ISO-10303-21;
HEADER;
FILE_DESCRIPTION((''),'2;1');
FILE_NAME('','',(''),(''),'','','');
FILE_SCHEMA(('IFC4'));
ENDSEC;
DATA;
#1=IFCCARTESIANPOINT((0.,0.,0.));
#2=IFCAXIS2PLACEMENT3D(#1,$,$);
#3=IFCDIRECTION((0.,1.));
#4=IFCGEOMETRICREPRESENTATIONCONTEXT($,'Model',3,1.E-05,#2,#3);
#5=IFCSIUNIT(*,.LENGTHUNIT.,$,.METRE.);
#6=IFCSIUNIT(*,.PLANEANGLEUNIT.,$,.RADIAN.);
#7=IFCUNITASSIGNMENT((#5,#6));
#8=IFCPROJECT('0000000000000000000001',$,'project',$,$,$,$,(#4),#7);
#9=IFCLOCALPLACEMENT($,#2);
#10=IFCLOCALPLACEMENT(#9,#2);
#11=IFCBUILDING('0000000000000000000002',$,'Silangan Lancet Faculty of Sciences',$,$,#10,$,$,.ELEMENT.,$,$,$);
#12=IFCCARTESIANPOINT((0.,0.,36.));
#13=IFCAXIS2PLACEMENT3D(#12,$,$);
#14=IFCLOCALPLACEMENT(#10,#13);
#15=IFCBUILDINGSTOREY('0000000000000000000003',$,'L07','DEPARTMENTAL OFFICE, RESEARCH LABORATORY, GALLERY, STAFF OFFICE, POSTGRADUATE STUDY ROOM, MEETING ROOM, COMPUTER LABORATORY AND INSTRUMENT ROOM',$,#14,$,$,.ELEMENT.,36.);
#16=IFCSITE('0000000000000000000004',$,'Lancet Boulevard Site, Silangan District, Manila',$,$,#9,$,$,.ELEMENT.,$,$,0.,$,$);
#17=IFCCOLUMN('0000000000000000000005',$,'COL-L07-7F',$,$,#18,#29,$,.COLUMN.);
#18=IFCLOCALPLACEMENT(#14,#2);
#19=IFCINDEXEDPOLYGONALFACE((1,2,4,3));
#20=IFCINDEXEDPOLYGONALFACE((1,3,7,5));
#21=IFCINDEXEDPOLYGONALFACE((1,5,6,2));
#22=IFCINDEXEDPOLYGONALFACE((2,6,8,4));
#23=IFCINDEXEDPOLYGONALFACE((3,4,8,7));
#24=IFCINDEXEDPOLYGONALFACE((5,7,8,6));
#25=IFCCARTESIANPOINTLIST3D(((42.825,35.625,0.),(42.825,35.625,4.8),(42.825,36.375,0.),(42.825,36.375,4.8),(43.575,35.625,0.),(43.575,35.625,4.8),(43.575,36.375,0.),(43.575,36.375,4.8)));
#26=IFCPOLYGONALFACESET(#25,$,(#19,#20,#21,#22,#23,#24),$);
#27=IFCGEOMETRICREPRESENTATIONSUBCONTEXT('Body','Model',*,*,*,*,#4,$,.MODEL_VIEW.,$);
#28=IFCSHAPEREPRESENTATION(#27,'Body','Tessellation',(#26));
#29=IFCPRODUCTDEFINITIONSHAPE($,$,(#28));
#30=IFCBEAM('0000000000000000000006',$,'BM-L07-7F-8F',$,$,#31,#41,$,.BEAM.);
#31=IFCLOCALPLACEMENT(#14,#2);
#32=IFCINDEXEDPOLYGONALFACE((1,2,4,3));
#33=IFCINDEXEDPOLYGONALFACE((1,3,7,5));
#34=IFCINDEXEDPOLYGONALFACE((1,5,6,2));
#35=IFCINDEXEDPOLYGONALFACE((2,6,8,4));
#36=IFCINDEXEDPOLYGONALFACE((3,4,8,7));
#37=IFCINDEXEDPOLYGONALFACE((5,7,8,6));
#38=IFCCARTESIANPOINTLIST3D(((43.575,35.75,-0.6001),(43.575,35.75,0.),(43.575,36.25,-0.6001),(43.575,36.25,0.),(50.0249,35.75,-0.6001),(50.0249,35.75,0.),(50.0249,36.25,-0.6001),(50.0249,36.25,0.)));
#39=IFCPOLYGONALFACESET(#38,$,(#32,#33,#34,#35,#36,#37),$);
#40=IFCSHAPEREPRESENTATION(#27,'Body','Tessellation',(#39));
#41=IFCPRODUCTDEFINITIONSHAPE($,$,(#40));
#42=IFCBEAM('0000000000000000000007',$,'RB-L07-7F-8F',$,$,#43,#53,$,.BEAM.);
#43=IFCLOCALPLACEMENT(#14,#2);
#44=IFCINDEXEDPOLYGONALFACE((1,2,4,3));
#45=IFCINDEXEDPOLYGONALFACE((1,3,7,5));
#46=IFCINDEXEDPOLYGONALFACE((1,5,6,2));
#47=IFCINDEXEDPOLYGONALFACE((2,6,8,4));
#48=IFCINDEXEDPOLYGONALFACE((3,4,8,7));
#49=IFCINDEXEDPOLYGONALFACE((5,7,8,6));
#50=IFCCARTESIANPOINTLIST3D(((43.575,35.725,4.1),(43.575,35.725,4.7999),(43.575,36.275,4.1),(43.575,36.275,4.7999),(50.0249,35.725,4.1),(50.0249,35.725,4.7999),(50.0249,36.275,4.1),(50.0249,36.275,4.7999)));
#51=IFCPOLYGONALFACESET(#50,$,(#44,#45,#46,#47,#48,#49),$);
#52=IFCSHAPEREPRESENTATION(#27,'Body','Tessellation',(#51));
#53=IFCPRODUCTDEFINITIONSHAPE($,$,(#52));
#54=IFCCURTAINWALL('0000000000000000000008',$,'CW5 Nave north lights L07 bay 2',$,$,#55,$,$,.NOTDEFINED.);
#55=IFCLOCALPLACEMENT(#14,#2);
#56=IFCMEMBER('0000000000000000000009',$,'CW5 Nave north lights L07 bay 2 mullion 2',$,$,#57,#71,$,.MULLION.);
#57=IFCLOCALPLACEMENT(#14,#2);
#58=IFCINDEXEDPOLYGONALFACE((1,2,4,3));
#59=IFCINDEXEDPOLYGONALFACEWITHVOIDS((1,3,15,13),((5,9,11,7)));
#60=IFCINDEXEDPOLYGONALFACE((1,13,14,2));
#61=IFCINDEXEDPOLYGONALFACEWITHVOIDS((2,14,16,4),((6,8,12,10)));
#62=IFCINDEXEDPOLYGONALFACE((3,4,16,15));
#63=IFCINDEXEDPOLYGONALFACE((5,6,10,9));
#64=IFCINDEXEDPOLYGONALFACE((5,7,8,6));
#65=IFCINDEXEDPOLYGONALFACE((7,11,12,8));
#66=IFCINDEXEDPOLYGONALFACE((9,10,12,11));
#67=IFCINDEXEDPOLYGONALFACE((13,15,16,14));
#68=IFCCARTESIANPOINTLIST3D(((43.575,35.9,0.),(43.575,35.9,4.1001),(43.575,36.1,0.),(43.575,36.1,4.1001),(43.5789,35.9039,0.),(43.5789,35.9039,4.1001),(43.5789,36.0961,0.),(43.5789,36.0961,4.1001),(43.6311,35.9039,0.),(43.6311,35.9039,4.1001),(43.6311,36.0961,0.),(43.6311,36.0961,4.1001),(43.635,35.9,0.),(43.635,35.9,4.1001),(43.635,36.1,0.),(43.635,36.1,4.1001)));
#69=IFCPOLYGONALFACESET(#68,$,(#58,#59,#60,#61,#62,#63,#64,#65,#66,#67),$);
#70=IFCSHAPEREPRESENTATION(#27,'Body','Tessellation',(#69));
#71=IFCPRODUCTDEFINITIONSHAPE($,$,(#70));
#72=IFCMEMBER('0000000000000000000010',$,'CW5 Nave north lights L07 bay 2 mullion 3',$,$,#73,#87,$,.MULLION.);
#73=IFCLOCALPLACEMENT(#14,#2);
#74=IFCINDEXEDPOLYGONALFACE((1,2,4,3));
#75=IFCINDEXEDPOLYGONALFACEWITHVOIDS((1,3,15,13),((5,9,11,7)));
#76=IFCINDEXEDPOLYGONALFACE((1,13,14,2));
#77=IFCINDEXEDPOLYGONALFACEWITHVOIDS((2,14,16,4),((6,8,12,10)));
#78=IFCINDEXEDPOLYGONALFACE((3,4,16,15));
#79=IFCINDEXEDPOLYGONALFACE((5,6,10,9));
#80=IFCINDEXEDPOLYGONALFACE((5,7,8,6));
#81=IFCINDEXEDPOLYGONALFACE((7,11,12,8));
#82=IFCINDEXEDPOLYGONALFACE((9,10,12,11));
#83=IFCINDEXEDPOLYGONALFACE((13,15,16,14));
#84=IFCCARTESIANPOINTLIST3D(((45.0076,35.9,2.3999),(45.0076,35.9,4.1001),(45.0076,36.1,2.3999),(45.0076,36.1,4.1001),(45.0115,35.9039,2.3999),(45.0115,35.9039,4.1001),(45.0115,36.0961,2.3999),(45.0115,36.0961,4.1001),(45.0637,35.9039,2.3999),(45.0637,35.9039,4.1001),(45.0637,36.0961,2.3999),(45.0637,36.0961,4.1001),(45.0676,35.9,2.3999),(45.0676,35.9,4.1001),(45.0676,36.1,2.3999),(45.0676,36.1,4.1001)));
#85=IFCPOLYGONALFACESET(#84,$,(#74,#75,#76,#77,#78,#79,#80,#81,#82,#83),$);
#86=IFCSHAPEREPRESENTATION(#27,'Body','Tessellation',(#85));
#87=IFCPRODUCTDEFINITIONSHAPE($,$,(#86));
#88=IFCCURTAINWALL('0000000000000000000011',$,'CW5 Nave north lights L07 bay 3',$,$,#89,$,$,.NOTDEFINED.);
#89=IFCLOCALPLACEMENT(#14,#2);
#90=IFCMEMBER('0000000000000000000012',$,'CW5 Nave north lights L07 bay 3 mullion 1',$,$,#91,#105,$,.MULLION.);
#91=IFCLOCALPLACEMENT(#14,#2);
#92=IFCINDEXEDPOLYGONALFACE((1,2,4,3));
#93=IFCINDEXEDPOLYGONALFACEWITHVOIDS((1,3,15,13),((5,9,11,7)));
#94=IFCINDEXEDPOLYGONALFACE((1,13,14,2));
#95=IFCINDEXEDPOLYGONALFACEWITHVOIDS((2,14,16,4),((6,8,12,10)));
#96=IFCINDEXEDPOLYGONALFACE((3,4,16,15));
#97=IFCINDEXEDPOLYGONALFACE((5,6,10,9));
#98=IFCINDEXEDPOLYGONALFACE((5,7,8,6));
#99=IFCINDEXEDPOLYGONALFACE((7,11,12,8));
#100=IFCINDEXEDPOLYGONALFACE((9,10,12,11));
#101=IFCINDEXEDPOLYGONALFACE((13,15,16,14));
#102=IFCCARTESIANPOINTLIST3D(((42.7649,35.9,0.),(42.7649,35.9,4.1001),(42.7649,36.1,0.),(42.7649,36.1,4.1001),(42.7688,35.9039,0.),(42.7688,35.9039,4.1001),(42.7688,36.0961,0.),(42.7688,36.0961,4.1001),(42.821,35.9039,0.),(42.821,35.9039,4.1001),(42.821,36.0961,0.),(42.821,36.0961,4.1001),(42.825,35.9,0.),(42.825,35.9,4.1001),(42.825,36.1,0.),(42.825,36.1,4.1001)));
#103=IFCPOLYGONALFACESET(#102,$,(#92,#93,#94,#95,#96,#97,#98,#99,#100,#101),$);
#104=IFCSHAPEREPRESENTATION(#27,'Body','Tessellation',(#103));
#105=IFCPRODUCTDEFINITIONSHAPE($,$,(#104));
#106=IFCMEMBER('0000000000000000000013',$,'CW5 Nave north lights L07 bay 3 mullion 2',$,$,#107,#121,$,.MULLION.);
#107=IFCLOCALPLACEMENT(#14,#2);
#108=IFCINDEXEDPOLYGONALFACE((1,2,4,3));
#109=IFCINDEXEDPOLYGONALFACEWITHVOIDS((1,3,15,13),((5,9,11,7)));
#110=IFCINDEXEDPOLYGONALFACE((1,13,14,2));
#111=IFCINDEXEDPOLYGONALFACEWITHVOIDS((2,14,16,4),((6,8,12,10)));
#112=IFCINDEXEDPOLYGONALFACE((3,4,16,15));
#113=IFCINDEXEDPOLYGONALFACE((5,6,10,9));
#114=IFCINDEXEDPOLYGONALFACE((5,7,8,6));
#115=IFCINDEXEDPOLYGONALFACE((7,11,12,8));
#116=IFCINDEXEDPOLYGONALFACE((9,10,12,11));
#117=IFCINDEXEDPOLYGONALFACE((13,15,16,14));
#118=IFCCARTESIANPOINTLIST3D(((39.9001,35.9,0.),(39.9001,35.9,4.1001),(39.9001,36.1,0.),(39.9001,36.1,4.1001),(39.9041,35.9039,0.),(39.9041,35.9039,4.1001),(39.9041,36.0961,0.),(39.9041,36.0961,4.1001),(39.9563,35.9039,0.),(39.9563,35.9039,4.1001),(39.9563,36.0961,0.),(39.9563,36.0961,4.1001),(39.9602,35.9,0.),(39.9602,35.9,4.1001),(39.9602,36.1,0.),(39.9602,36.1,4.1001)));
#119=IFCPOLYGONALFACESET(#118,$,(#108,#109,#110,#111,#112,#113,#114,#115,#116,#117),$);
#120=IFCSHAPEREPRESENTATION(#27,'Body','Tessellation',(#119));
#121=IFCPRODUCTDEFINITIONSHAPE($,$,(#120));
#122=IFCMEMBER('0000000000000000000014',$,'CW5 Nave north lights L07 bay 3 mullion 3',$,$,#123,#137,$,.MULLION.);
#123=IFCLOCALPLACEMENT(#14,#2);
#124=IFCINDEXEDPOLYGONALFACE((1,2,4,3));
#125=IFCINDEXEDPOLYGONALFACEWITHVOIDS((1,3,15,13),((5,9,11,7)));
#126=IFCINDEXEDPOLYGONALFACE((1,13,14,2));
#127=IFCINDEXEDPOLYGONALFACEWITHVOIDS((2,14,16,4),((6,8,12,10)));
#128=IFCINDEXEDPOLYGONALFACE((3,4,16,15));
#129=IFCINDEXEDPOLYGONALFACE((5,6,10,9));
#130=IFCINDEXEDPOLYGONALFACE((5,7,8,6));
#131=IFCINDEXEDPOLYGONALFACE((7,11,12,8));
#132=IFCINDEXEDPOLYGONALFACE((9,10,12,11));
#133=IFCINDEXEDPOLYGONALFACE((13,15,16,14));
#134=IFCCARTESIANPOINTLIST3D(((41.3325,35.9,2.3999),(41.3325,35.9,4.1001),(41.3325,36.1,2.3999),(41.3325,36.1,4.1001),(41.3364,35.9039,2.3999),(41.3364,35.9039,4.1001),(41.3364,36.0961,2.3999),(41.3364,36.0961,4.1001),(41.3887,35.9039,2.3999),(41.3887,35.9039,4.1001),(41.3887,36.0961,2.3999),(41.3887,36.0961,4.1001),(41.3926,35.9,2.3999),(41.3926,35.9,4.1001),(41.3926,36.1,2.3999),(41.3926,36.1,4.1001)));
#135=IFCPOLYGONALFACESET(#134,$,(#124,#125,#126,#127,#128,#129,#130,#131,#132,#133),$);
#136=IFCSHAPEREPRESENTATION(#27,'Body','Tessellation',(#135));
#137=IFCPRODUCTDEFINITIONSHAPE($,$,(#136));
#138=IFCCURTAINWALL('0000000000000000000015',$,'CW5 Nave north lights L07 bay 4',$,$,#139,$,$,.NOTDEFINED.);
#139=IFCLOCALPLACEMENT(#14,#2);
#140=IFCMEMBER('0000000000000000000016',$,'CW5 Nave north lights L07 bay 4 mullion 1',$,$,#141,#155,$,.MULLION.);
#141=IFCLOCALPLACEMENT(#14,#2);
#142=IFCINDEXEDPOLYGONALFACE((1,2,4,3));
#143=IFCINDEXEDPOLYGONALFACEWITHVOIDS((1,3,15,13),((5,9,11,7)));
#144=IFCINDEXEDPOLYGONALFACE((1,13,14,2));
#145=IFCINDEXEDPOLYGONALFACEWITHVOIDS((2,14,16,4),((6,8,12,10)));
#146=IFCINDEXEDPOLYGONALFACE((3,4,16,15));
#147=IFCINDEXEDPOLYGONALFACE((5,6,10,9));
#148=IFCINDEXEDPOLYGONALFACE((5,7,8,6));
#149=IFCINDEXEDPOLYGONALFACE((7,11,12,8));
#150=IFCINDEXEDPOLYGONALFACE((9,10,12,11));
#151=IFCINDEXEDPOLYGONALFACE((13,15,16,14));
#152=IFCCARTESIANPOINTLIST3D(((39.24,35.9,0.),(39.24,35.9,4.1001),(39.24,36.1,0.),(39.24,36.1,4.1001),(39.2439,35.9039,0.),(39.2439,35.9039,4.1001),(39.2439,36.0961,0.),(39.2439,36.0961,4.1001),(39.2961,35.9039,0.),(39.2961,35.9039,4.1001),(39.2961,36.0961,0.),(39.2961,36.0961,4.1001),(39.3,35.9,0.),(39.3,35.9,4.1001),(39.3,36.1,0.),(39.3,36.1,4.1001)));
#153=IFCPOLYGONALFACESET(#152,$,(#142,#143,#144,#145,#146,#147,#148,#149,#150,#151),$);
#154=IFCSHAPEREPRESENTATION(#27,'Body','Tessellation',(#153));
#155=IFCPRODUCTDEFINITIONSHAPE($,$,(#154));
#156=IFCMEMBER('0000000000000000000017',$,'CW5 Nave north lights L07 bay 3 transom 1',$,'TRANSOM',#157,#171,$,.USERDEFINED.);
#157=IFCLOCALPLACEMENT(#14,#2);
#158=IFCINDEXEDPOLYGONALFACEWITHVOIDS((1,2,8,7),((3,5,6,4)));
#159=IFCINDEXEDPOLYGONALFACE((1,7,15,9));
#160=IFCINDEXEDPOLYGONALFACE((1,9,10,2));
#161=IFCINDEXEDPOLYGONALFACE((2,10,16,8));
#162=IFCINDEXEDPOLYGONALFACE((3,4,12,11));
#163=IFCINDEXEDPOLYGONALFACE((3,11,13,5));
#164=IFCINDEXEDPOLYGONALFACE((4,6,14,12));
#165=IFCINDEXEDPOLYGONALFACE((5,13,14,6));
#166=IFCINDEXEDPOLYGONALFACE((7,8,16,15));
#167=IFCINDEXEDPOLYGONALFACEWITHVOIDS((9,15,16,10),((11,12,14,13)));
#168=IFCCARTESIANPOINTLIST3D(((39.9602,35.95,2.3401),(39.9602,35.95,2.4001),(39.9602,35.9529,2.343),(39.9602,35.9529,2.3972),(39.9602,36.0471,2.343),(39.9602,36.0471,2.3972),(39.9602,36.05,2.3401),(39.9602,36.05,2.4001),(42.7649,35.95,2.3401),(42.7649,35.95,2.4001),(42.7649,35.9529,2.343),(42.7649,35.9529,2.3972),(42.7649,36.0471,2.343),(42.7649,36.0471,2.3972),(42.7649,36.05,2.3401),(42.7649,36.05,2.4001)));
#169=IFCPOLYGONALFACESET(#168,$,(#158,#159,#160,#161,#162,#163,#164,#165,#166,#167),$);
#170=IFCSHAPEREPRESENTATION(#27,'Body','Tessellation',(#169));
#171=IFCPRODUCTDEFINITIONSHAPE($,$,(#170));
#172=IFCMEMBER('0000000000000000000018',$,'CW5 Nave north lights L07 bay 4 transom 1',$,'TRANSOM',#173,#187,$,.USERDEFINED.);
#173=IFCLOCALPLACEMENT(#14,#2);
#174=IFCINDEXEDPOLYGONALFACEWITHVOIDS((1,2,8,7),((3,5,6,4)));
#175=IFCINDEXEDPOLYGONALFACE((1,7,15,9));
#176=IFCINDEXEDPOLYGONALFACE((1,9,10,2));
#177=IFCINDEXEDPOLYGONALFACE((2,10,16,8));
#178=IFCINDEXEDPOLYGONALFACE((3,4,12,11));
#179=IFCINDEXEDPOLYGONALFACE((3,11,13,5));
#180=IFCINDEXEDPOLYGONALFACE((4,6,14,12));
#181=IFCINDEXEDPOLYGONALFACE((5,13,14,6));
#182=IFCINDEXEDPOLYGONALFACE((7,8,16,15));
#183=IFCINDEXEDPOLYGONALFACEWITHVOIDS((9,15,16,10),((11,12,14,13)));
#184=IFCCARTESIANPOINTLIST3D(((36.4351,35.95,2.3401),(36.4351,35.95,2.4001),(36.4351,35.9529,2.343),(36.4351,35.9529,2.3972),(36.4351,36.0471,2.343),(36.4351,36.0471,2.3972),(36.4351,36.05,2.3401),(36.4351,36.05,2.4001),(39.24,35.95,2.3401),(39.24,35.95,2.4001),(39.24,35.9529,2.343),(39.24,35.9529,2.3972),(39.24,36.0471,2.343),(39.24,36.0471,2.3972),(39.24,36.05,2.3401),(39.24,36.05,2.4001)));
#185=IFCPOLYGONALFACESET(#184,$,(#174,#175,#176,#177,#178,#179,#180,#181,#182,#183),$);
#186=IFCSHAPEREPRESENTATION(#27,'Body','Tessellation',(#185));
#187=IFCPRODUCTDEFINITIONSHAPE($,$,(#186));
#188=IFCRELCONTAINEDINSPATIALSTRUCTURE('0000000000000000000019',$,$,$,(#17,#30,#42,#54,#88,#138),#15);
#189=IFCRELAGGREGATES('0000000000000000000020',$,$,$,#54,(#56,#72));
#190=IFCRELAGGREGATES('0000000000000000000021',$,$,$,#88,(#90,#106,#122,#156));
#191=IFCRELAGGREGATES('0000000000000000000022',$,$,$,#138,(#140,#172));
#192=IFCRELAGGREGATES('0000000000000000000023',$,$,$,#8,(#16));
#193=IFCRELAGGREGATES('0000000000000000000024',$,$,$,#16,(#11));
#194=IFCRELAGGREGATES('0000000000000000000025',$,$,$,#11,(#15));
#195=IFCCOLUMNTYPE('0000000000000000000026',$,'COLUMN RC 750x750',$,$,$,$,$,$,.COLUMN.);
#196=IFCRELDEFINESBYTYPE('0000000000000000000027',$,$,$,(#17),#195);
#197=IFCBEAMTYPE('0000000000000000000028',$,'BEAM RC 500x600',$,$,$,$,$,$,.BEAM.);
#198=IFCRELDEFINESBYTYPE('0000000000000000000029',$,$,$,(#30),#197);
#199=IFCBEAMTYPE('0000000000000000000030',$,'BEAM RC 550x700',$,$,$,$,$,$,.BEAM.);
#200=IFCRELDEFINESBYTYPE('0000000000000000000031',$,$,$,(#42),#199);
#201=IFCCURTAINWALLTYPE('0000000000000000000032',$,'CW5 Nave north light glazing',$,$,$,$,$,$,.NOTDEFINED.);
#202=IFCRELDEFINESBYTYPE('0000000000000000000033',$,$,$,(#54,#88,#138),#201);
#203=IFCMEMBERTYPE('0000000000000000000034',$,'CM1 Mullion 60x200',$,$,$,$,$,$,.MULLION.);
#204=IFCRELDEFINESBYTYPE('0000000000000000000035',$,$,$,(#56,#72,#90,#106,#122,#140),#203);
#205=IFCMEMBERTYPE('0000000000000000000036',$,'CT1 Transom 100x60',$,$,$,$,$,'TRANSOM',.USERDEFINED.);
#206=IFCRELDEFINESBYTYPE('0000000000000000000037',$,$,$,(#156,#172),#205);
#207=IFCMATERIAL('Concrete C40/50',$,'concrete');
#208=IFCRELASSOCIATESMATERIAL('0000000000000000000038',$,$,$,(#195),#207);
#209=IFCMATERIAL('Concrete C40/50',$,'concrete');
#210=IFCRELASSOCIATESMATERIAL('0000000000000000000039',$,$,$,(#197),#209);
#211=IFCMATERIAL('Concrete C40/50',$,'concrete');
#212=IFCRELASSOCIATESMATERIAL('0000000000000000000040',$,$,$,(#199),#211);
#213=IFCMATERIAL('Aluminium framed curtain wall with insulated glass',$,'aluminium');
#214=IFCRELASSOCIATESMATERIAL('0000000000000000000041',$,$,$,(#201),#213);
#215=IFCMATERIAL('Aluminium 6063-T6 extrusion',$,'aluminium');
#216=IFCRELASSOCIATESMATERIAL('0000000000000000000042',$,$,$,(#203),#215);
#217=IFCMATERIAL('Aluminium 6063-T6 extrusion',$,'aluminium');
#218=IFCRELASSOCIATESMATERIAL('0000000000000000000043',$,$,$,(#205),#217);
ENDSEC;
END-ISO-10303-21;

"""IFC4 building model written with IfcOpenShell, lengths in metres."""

from ifc_helpers import new_model, si_unit, direction, frame, origin, origin_2d, place, context, subcontext, project, spatial, rectangle, hollow_rectangle, extrude, material, material_profile, profile_set, type_object, element, aggregate, save


model = new_model("IFC4")

# Units and contexts
model_context = context("Model", 3, precision=1e-05, world=origin(), true_north=direction((0.0, 1.0)))
body_context = subcontext(model_context, "Body", "Model", "MODEL_VIEW")
ifc_project = project(units=[si_unit("LENGTHUNIT", "METRE"), si_unit("PLANEANGLEUNIT", "RADIAN")], contexts=[model_context])

# Site, building, storey
site_placement = place(None, origin())
site = spatial("IfcSite", under=ifc_project, at=site_placement, Name="Lancet Boulevard Site, Silangan District, Manila", CompositionType="ELEMENT", RefElevation=0.0)
building_placement = place(site_placement, origin())
building = spatial("IfcBuilding", under=site, at=building_placement, Name="Silangan Lancet Faculty of Sciences", CompositionType="ELEMENT")
storey_placement = place(building_placement, frame((0.0, 0.0, 36.0)))
storey = spatial("IfcBuildingStorey", under=building, at=storey_placement, Name="L07", Description="DEPARTMENTAL OFFICE, RESEARCH LABORATORY, GALLERY, STAFF OFFICE, POSTGRADUATE STUDY ROOM, MEETING ROOM, COMPUTER LABORATORY AND INSTRUMENT ROOM", CompositionType="ELEMENT", Elevation=36.0)

# Column
ifc_material_1 = material(Name="Concrete C40/50", Category="concrete")
ifc_material_profile_1 = material_profile(ifc_material_1, rectangle(XDim=0.75, YDim=0.75, at=origin_2d()), Name="RC 750x750")
ifc_profile_set_1 = profile_set([ifc_material_profile_1], Name="Concrete C40/50")
column_type = type_object("IfcColumnType", Name="COLUMN RC 750x750", PredefinedType="COLUMN", material=ifc_profile_set_1)
column_placement = place(storey_placement, frame((43.2, 36.0, 0.0), z_axis=(0.0, 0.0, 1.0), x_axis=(1.0, 0.0, 0.0)))
element("IfcColumn", 1, at=column_placement, inside=storey, type_object=column_type, Name="COL-L07-7F", PredefinedType="COLUMN", context=body_context, shape_type="SweptSolid", body=[
    extrude(rectangle(XDim=0.75, YDim=0.75, at=origin_2d()), origin(), (0.0, 0.0, 1.0), 4.8),
])

# Beams
ifc_material_2 = material(Name="Concrete C40/50", Category="concrete")
ifc_material_profile_2 = material_profile(ifc_material_2, rectangle(XDim=0.5, YDim=0.6001, at=origin_2d()), Name="RC 500x600")
ifc_profile_set_2 = profile_set([ifc_material_profile_2], Name="Concrete C40/50")
beam_type_1 = type_object("IfcBeamType", Name="BEAM RC 500x600", PredefinedType="BEAM", material=ifc_profile_set_2)
beam_1_placement = place(storey_placement, frame((43.575, 36.0, -0.3), z_axis=(1.0, 0.0, 0.0), x_axis=(0.0, 1.0, 0.0)))
element("IfcBeam", 2, at=beam_1_placement, inside=storey, type_object=beam_type_1, Name="BM-L07-7F-8F", PredefinedType="BEAM", context=body_context, shape_type="SweptSolid", body=[
    extrude(rectangle(XDim=0.5, YDim=0.6001, at=origin_2d()), origin(), (0.0, 0.0, 1.0), 6.45),
])
ifc_material_3 = material(Name="Concrete C40/50", Category="concrete")
ifc_material_profile_3 = material_profile(ifc_material_3, rectangle(XDim=0.55, YDim=0.7, at=origin_2d()), Name="RC 550x700")
ifc_profile_set_3 = profile_set([ifc_material_profile_3], Name="Concrete C40/50")
beam_type_2 = type_object("IfcBeamType", Name="BEAM RC 550x700", PredefinedType="BEAM", material=ifc_profile_set_3)
beam_2_placement = place(storey_placement, frame((43.575, 36.0, 4.45), z_axis=(1.0, 0.0, 0.0), x_axis=(0.0, 1.0, 0.0)))
element("IfcBeam", 3, at=beam_2_placement, inside=storey, type_object=beam_type_2, Name="RB-L07-7F-8F", PredefinedType="BEAM", context=body_context, shape_type="SweptSolid", body=[
    extrude(rectangle(XDim=0.55, YDim=0.7, at=origin_2d()), origin(), (0.0, 0.0, 1.0), 6.45),
])

# Curtain walls, members
ifc_material_4 = material(Name="Aluminium framed curtain wall with insulated glass", Category="aluminium")
curtain_wall_type = type_object("IfcCurtainWallType", Name="CW5 Nave north light glazing", PredefinedType="NOTDEFINED", material=ifc_material_4)
curtain_wall_1_placement = place(storey_placement, origin())
curtain_wall_1 = element("IfcCurtainWall", 4, at=curtain_wall_1_placement, inside=storey, type_object=curtain_wall_type, Name="CW5 Nave north lights L07 bay 2", PredefinedType="NOTDEFINED")
ifc_material_5 = material(Name="Aluminium 6063-T6 extrusion", Category="aluminium")
ifc_material_profile_4 = material_profile(ifc_material_5, hollow_rectangle(XDim=0.0601, YDim=0.2, WallThickness=0.0039, at=origin_2d()), Name="AL BOX 60x200x4")
ifc_profile_set_4 = profile_set([ifc_material_profile_4], Name="Aluminium 6063-T6 extrusion")
member_type_1 = type_object("IfcMemberType", Name="CM1 Mullion 60x200", PredefinedType="MULLION", material=ifc_profile_set_4)
member_1_placement = place(storey_placement, frame((43.605, 36.0, 0.0), z_axis=(0.0, 0.0, 1.0), x_axis=(-1.0, 0.0, 0.0)))
member_1 = element("IfcMember", 5, at=member_1_placement, type_object=member_type_1, Name="CW5 Nave north lights L07 bay 2 mullion 2", PredefinedType="MULLION", context=body_context, shape_type="SweptSolid", body=[
    extrude(hollow_rectangle(XDim=0.0601, YDim=0.2, WallThickness=0.0039, at=origin_2d()), origin(), (0.0, 0.0, 1.0), 4.1001),
])
member_2_placement = place(storey_placement, frame((45.0376, 36.0, 2.3999), z_axis=(0.0, 0.0, 1.0), x_axis=(-1.0, 0.0, 0.0)))
member_2 = element("IfcMember", 6, at=member_2_placement, type_object=member_type_1, Name="CW5 Nave north lights L07 bay 2 mullion 3", PredefinedType="MULLION", context=body_context, shape_type="SweptSolid", body=[
    extrude(hollow_rectangle(XDim=0.0601, YDim=0.2, WallThickness=0.0039, at=origin_2d()), origin(), (0.0, 0.0, 1.0), 1.7002),
])
curtain_wall_2_placement = place(storey_placement, origin())
curtain_wall_2 = element("IfcCurtainWall", 7, at=curtain_wall_2_placement, inside=storey, type_object=curtain_wall_type, Name="CW5 Nave north lights L07 bay 3", PredefinedType="NOTDEFINED")
member_3_placement = place(storey_placement, frame((42.7949, 36.0, 0.0), z_axis=(0.0, 0.0, 1.0), x_axis=(-1.0, 0.0, 0.0)))
member_3 = element("IfcMember", 8, at=member_3_placement, type_object=member_type_1, Name="CW5 Nave north lights L07 bay 3 mullion 1", PredefinedType="MULLION", context=body_context, shape_type="SweptSolid", body=[
    extrude(hollow_rectangle(XDim=0.0601, YDim=0.2, WallThickness=0.0039, at=origin_2d()), origin(), (0.0, 0.0, 1.0), 4.1001),
])
member_4_placement = place(storey_placement, frame((39.9302, 36.0, 0.0), z_axis=(0.0, 0.0, 1.0), x_axis=(-1.0, 0.0, 0.0)))
member_4 = element("IfcMember", 9, at=member_4_placement, type_object=member_type_1, Name="CW5 Nave north lights L07 bay 3 mullion 2", PredefinedType="MULLION", context=body_context, shape_type="SweptSolid", body=[
    extrude(hollow_rectangle(XDim=0.0601, YDim=0.2, WallThickness=0.0039, at=origin_2d()), origin(), (0.0, 0.0, 1.0), 4.1001),
])
member_5_placement = place(storey_placement, frame((41.3625, 36.0, 2.3999), z_axis=(0.0, 0.0, 1.0), x_axis=(-1.0, 0.0, 0.0)))
member_5 = element("IfcMember", 10, at=member_5_placement, type_object=member_type_1, Name="CW5 Nave north lights L07 bay 3 mullion 3", PredefinedType="MULLION", context=body_context, shape_type="SweptSolid", body=[
    extrude(hollow_rectangle(XDim=0.0601, YDim=0.2, WallThickness=0.0039, at=origin_2d()), origin(), (0.0, 0.0, 1.0), 1.7002),
])

# Curtain wall, member
curtain_wall_3_placement = place(storey_placement, origin())
curtain_wall_3 = element("IfcCurtainWall", 11, at=curtain_wall_3_placement, inside=storey, type_object=curtain_wall_type, Name="CW5 Nave north lights L07 bay 4", PredefinedType="NOTDEFINED")
member_6_placement = place(storey_placement, frame((39.27, 36.0, 0.0), z_axis=(0.0, 0.0, 1.0), x_axis=(-1.0, 0.0, 0.0)))
member_6 = element("IfcMember", 12, at=member_6_placement, type_object=member_type_1, Name="CW5 Nave north lights L07 bay 4 mullion 1", PredefinedType="MULLION", context=body_context, shape_type="SweptSolid", body=[
    extrude(hollow_rectangle(XDim=0.0601, YDim=0.2, WallThickness=0.0039, at=origin_2d()), origin(), (0.0, 0.0, 1.0), 4.1001),
])

# Members
ifc_material_6 = material(Name="Aluminium 6063-T6 extrusion", Category="aluminium")
ifc_material_profile_5 = material_profile(ifc_material_6, hollow_rectangle(XDim=0.1001, YDim=0.0601, WallThickness=0.0029, at=origin_2d()), Name="AL BOX 100x60x3")
ifc_profile_set_5 = profile_set([ifc_material_profile_5], Name="Aluminium 6063-T6 extrusion")
member_type_2 = type_object("IfcMemberType", Name="CT1 Transom 100x60", ElementType="TRANSOM", PredefinedType="USERDEFINED", material=ifc_profile_set_5)
member_7_placement = place(storey_placement, frame((42.7649, 36.0, 2.3701), z_axis=(-1.0, 0.0, 0.0), x_axis=(0.0, -1.0, 0.0)))
member_7 = element("IfcMember", 13, at=member_7_placement, type_object=member_type_2, Name="CW5 Nave north lights L07 bay 3 transom 1", ObjectType="TRANSOM", PredefinedType="USERDEFINED", context=body_context, shape_type="SweptSolid", body=[
    extrude(hollow_rectangle(XDim=0.1001, YDim=0.0601, WallThickness=0.0029, at=origin_2d()), origin(), (0.0, 0.0, 1.0), 2.8047),
])
member_8_placement = place(storey_placement, frame((39.24, 36.0, 2.3701), z_axis=(-1.0, 0.0, 0.0), x_axis=(0.0, -1.0, 0.0)))
member_8 = element("IfcMember", 14, at=member_8_placement, type_object=member_type_2, Name="CW5 Nave north lights L07 bay 4 transom 1", ObjectType="TRANSOM", PredefinedType="USERDEFINED", context=body_context, shape_type="SweptSolid", body=[
    extrude(hollow_rectangle(XDim=0.1001, YDim=0.0601, WallThickness=0.0029, at=origin_2d()), origin(), (0.0, 0.0, 1.0), 2.8049),
])

aggregate(curtain_wall_1, [member_1, member_2])
aggregate(curtain_wall_2, [member_3, member_4, member_5, member_7])
aggregate(curtain_wall_3, [member_6, member_8])

save(model, "model.ifc")
